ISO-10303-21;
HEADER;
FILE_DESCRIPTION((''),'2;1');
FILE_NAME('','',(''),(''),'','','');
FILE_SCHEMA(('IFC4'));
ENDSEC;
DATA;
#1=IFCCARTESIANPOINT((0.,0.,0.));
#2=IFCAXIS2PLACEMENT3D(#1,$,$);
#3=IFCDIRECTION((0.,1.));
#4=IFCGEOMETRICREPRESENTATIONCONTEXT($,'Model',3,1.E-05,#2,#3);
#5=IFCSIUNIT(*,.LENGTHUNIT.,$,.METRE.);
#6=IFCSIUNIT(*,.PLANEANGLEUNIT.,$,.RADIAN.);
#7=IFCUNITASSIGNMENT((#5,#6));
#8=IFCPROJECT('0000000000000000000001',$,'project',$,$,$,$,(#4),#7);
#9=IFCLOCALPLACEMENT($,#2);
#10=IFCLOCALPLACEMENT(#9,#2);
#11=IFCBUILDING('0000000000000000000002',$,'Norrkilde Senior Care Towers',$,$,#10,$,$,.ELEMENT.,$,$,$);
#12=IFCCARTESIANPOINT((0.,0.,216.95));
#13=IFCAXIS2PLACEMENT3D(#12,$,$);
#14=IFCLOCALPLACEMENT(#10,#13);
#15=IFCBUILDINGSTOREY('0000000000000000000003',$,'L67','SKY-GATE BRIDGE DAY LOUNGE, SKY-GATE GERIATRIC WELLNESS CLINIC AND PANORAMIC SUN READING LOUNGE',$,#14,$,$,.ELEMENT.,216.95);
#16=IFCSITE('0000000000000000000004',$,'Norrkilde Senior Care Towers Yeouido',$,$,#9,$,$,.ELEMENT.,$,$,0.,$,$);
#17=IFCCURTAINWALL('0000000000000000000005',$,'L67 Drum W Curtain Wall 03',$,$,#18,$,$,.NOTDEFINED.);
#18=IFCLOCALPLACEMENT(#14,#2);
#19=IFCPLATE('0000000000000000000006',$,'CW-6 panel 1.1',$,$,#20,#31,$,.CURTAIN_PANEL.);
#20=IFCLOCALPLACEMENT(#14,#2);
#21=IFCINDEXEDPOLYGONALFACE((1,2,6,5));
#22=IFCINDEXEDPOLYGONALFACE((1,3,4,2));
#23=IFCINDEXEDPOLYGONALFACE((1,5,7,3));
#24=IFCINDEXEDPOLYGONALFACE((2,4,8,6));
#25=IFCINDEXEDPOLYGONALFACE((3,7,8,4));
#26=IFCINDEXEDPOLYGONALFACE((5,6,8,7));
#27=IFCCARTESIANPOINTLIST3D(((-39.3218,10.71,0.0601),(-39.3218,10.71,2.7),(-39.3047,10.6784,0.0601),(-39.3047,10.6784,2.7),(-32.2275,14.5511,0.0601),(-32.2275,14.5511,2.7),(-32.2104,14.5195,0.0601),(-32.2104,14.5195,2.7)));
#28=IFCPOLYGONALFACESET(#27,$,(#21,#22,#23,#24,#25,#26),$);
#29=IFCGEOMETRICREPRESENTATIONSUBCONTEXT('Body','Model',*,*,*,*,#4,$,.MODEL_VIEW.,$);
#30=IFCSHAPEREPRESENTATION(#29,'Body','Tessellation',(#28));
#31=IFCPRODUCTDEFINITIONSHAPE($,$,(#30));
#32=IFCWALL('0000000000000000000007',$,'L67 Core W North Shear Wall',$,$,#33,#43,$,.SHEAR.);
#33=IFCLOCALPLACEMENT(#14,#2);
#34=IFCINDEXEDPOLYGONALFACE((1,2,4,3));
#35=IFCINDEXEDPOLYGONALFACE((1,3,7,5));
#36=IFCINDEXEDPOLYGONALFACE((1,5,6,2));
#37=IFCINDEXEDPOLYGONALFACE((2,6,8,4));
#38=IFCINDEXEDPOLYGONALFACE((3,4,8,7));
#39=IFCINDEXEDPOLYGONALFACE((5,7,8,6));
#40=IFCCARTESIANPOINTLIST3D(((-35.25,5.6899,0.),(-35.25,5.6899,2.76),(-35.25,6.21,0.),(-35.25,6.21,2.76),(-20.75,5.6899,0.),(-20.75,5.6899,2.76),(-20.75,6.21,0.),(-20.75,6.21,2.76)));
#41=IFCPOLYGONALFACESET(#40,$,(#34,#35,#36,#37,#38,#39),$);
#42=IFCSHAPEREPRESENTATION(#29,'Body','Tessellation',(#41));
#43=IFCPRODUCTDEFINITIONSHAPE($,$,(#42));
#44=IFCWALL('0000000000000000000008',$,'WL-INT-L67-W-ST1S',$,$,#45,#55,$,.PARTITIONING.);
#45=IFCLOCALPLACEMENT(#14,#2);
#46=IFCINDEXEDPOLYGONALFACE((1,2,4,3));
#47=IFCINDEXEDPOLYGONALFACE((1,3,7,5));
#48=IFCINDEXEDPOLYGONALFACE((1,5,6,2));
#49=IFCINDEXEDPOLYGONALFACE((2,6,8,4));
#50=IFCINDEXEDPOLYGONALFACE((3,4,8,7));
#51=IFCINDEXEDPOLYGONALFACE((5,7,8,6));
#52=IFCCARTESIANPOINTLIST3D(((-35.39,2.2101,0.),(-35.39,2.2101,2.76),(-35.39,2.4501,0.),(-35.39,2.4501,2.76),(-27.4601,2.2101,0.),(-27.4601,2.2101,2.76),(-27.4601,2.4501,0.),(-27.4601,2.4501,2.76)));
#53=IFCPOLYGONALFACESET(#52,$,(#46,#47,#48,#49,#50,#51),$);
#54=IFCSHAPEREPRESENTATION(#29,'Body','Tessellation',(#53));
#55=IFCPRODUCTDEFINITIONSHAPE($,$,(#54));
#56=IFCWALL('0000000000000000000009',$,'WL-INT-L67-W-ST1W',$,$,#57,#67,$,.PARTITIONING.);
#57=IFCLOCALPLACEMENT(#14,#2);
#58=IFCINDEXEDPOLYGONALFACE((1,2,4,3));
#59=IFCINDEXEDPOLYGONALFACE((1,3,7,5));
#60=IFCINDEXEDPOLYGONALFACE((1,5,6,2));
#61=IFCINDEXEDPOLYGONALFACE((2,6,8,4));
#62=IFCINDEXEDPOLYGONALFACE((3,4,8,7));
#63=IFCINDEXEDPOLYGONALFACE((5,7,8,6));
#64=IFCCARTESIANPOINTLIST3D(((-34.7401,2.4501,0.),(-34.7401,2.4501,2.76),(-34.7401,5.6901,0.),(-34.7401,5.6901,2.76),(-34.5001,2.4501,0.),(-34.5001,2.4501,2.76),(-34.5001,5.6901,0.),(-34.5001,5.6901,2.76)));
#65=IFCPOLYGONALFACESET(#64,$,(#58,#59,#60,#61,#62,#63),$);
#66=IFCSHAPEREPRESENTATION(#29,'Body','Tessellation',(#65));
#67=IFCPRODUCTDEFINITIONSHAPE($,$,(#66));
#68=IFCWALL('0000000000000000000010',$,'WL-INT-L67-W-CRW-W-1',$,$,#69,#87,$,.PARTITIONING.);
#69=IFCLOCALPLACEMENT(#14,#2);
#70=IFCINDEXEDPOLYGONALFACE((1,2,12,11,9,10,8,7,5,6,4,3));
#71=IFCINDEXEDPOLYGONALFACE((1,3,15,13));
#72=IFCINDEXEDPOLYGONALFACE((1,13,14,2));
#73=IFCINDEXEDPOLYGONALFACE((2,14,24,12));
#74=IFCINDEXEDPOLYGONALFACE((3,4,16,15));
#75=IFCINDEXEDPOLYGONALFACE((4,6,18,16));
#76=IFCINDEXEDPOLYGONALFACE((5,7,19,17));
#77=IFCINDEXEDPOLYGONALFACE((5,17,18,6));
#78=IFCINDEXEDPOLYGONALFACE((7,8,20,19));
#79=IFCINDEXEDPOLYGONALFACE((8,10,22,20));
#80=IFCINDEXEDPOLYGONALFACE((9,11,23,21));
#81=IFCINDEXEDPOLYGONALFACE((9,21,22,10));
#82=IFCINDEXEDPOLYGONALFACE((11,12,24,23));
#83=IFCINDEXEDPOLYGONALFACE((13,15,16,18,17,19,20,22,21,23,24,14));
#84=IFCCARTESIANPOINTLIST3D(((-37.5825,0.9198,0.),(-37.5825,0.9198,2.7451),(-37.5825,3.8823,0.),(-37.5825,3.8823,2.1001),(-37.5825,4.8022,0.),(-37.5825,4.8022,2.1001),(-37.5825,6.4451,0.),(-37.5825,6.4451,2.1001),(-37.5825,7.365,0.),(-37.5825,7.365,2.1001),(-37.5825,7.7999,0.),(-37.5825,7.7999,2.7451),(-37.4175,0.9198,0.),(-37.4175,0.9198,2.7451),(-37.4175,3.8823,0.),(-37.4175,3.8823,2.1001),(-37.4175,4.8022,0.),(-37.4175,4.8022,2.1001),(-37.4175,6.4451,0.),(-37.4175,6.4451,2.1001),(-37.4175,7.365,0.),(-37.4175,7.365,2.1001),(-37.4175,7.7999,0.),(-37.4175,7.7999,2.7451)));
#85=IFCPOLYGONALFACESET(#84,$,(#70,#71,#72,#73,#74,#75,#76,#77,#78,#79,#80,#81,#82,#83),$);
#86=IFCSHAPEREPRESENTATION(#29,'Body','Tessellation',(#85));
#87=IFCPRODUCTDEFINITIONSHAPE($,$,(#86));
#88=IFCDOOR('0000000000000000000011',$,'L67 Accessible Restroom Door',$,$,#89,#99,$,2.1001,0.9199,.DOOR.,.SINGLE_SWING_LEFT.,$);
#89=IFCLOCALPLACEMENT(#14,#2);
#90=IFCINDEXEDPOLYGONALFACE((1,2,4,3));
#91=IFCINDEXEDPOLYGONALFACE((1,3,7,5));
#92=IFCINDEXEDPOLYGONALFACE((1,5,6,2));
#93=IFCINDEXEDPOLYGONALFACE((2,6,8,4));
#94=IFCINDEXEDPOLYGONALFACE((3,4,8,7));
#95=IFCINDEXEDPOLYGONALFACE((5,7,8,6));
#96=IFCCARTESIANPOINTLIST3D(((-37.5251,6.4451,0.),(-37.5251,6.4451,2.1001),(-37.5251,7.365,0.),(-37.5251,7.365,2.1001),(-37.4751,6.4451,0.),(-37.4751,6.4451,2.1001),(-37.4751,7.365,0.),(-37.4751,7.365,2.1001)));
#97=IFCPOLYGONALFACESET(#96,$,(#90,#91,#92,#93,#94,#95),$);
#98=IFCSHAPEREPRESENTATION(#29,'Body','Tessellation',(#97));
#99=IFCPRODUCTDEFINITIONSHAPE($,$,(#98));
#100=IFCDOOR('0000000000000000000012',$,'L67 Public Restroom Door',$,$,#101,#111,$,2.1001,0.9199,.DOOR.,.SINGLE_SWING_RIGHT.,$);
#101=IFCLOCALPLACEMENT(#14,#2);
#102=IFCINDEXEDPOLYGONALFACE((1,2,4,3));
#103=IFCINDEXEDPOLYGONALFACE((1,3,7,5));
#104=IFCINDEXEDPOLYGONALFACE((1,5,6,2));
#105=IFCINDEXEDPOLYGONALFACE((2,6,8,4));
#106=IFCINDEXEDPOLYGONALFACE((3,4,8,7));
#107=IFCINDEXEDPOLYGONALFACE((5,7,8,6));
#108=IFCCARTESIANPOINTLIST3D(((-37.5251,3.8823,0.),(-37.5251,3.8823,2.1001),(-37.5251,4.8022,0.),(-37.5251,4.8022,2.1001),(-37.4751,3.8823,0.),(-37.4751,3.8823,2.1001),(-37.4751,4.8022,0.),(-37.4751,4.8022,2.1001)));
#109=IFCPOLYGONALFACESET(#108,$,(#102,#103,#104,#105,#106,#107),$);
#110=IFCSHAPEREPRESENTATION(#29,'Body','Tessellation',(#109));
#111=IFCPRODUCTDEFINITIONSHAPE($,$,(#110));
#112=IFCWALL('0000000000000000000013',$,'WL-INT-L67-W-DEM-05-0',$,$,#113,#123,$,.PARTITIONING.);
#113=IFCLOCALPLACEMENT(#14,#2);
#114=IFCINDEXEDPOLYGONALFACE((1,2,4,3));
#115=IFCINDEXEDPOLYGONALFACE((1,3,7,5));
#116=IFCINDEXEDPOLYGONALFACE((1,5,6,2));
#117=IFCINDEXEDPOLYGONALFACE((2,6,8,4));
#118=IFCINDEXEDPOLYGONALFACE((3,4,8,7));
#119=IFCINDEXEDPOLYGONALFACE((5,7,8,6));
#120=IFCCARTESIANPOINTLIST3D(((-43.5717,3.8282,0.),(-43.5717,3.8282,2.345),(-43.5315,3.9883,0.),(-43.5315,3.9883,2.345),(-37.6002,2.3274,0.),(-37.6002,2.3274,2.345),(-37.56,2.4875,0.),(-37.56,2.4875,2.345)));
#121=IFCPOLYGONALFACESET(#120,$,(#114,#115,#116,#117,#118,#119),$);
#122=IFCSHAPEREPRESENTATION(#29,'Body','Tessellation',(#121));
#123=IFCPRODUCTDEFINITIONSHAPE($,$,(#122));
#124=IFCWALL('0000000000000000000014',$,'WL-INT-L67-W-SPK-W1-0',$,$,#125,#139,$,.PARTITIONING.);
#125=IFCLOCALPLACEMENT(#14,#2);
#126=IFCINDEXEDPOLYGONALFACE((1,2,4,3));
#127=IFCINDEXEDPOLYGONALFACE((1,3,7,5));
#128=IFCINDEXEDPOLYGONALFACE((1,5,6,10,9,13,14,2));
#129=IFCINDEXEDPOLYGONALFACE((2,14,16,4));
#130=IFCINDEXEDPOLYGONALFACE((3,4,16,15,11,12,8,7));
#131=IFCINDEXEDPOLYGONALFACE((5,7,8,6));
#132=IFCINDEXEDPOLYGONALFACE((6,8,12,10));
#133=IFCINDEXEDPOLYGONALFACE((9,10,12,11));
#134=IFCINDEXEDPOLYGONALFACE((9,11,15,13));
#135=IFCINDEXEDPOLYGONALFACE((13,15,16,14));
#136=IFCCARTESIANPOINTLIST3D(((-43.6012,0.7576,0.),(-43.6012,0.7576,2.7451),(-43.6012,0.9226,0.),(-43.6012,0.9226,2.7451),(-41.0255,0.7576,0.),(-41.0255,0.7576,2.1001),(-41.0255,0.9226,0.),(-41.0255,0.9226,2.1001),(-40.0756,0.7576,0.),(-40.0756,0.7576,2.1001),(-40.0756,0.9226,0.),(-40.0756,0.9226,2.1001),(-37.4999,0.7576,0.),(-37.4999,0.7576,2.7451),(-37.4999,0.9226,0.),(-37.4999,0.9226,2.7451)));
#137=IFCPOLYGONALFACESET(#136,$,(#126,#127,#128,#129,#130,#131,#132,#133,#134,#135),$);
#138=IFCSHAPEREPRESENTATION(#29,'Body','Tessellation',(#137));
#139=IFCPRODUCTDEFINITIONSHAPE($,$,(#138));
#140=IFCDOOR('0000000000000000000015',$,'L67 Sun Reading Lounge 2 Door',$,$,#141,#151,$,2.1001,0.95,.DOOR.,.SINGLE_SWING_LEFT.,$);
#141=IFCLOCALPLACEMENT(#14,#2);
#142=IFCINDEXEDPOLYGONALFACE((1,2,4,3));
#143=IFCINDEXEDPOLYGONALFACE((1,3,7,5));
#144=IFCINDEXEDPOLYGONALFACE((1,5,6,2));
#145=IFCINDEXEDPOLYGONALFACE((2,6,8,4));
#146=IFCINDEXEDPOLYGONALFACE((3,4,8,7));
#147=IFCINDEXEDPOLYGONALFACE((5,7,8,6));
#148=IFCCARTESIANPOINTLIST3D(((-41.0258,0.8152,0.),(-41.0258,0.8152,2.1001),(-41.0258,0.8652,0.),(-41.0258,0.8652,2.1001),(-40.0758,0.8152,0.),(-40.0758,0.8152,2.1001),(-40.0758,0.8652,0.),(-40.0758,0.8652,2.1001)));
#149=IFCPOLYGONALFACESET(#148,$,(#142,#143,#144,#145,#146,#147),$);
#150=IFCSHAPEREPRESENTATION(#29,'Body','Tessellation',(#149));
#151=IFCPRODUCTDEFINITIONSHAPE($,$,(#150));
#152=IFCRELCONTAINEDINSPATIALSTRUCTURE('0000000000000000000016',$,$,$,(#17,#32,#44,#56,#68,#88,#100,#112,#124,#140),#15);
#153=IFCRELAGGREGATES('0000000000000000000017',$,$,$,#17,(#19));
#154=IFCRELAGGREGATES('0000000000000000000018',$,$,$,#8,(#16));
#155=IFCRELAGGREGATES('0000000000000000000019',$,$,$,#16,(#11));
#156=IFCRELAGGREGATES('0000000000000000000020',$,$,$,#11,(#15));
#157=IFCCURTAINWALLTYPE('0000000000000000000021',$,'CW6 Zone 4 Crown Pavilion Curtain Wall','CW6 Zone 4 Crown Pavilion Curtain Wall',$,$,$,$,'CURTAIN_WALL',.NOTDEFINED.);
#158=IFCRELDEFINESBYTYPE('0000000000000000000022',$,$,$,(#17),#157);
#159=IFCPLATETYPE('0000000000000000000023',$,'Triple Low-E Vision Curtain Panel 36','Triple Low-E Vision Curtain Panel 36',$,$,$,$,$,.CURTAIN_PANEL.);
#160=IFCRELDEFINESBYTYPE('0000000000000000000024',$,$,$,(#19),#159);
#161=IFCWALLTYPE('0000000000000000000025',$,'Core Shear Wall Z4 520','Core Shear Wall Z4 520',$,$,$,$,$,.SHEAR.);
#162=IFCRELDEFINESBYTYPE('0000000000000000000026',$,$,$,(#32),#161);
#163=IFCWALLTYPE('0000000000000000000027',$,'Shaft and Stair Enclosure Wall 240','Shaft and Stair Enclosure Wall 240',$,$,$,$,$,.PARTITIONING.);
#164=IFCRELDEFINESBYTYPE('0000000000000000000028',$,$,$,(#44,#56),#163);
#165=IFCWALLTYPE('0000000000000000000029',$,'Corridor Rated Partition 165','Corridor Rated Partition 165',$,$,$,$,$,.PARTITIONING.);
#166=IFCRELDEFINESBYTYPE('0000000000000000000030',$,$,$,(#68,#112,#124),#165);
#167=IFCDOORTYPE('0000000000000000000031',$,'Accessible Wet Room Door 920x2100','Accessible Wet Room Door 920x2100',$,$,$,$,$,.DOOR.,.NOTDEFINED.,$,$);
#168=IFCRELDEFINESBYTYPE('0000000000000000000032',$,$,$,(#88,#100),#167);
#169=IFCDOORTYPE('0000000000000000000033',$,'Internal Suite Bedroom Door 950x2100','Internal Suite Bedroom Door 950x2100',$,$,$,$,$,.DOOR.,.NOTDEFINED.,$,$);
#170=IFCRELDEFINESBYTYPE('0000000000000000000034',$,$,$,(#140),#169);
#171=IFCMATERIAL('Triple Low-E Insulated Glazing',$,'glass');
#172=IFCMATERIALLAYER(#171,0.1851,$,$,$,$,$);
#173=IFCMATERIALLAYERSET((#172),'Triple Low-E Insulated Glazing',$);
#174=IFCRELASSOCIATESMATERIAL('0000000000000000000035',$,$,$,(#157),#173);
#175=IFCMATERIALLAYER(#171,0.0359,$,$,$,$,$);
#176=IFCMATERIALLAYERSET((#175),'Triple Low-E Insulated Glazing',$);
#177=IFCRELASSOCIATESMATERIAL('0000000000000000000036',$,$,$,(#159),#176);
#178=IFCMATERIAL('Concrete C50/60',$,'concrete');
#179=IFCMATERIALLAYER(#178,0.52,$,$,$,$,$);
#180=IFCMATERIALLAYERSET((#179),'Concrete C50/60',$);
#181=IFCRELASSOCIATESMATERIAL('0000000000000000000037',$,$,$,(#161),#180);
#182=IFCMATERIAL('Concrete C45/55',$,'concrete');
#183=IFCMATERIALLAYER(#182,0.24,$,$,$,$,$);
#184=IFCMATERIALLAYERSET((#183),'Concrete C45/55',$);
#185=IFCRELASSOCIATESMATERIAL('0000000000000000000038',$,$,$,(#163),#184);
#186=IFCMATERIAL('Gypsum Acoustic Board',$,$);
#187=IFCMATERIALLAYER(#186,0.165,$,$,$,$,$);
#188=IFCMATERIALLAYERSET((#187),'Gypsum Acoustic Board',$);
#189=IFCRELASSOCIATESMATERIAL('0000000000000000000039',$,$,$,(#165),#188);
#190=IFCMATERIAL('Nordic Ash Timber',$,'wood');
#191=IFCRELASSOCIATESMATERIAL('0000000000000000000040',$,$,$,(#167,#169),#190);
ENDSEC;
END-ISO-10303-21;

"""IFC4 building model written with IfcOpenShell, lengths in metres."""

from ifc_helpers import new_model, si_unit, direction, frame, frame_2d, origin, origin_2d, place, context, subcontext, project, spatial, rectangle, extrude, source, transform, mapped, material, layer, layer_set, type_object, type_shapes, element, fill, aggregate, save


model = new_model("IFC4")

# Units and contexts
model_context = context("Model", 3, precision=1e-05, world=origin(), true_north=direction((0.0, 1.0)))
body_context = subcontext(model_context, "Body", "Model", "MODEL_VIEW")
ifc_project = project(units=[si_unit("LENGTHUNIT", "METRE"), si_unit("PLANEANGLEUNIT", "RADIAN")], contexts=[model_context])

# Site, building, storey
site_placement = place(None, origin())
site = spatial("IfcSite", under=ifc_project, at=site_placement, Name="Norrkilde Senior Care Towers Yeouido", CompositionType="ELEMENT", RefElevation=0.0)
building_placement = place(site_placement, origin())
building = spatial("IfcBuilding", under=site, at=building_placement, Name="Norrkilde Senior Care Towers", CompositionType="ELEMENT")
storey_placement = place(building_placement, frame((0.0, 0.0, 216.95)))
storey = spatial("IfcBuildingStorey", under=building, at=storey_placement, Name="L67", Description="SKY-GATE BRIDGE DAY LOUNGE, SKY-GATE GERIATRIC WELLNESS CLINIC AND PANORAMIC SUN READING LOUNGE", CompositionType="ELEMENT", Elevation=216.95)

# Shared definitions
ifc_material_1 = material(Name="Concrete C50/60", Category="concrete")

# Curtain wall
ifc_material_2 = material(Name="Triple Low-E Insulated Glazing", Category="glass")
ifc_layer_1 = layer(ifc_material_2, 0.1851)
ifc_layer_set_1 = layer_set([ifc_layer_1], Name="Triple Low-E Insulated Glazing")
curtain_wall_type = type_object("IfcCurtainWallType", Name="CW6 Zone 4 Crown Pavilion Curtain Wall", Description="CW6 Zone 4 Crown Pavilion Curtain Wall", ElementType="CURTAIN_WALL", PredefinedType="NOTDEFINED", material=ifc_layer_set_1)
curtain_wall_1_placement = place(storey_placement, origin())
curtain_wall_1 = element("IfcCurtainWall", 1, at=curtain_wall_1_placement, inside=storey, type_object=curtain_wall_type, Name="L67 Drum W Curtain Wall 03", PredefinedType="NOTDEFINED")

# Plate
ifc_layer_2 = layer(ifc_material_2, 0.0359)
ifc_layer_set_2 = layer_set([ifc_layer_2], Name="Triple Low-E Insulated Glazing")
plate_type = type_object("IfcPlateType", Name="Triple Low-E Vision Curtain Panel 36", Description="Triple Low-E Vision Curtain Panel 36", PredefinedType="CURTAIN_PANEL", material=ifc_layer_set_2)
shared_shape_1 = source(origin(), body_context, "Body", "SweptSolid", [
    extrude(rectangle(XDim=8.0674, YDim=0.0359, at=origin_2d()), origin(), (0.0, 0.0, 1.0), 2.6399),
])
plate_1_placement = place(storey_placement, frame((-35.7661, 12.6147, 0.0601), z_axis=(0.0, 0.0, 1.0), x_axis=(0.879373, 0.476133, 0.0)))
plate_1 = element("IfcPlate", 2, at=plate_1_placement, type_object=plate_type, Name="CW-6 panel 1.1", PredefinedType="CURTAIN_PANEL", context=body_context, shape_type="MappedRepresentation", body=[
    mapped(shared_shape_1, transform((0.0, 0.0, 0.0), x_axis=(1.0, 0.0, 0.0), y_axis=(0.0, 1.0, 0.0), z_axis=(0.0, 0.0, 1.0), scale=1.0)),
])
aggregate(curtain_wall_1, [plate_1])

# Walls
ifc_layer_3 = layer(ifc_material_1, 0.52)
ifc_layer_set_3 = layer_set([ifc_layer_3], Name="Concrete C50/60")
wall_type_1 = type_object("IfcWallType", Name="Core Shear Wall Z4 520", Description="Core Shear Wall Z4 520", PredefinedType="SHEAR", material=ifc_layer_set_3)
shared_shape_2 = source(origin(), body_context, "Body", "SweptSolid", [
    extrude(rectangle(XDim=14.5, YDim=0.52, at=frame_2d((7.25, 0.0))), origin(), (0.0, 0.0, 1.0), 2.76),
])
type_shapes(wall_type_1, [shared_shape_2])
wall_1_placement = place(storey_placement, frame((-35.25, 5.95, 0.0), z_axis=(0.0, 0.0, 1.0), x_axis=(1.0, 0.0, 0.0)))
element("IfcWall", 3, at=wall_1_placement, inside=storey, type_object=wall_type_1, Name="L67 Core W North Shear Wall", PredefinedType="SHEAR", context=body_context, shape_type="MappedRepresentation", body=[
    mapped(shared_shape_2, transform((0.0, 0.0, 0.0), x_axis=(1.0, 0.0, 0.0), y_axis=(0.0, 1.0, 0.0), z_axis=(0.0, 0.0, 1.0), scale=1.0)),
])
ifc_material_3 = material(Name="Concrete C45/55", Category="concrete")
ifc_layer_4 = layer(ifc_material_3, 0.24)
ifc_layer_set_4 = layer_set([ifc_layer_4], Name="Concrete C45/55")
wall_type_2 = type_object("IfcWallType", Name="Shaft and Stair Enclosure Wall 240", Description="Shaft and Stair Enclosure Wall 240", PredefinedType="PARTITIONING", material=ifc_layer_set_4)
shared_shape_3 = source(origin(), body_context, "Body", "SweptSolid", [
    extrude(rectangle(XDim=7.9299, YDim=0.24, at=frame_2d((3.9648, 0.0))), origin(), (0.0, 0.0, 1.0), 2.76),
])
wall_2_placement = place(storey_placement, frame((-35.3899, 2.3301, 0.0), z_axis=(0.0, 0.0, 1.0), x_axis=(1.0, 0.0, 0.0)))
element("IfcWall", 4, at=wall_2_placement, inside=storey, type_object=wall_type_2, Name="WL-INT-L67-W-ST1S", PredefinedType="PARTITIONING", context=body_context, shape_type="MappedRepresentation", body=[
    mapped(shared_shape_3, transform((0.0, 0.0, 0.0), x_axis=(1.0, 0.0, 0.0), y_axis=(0.0, 1.0, 0.0), z_axis=(0.0, 0.0, 1.0), scale=1.0)),
])
shared_shape_4 = source(origin(), body_context, "Body", "SweptSolid", [
    extrude(rectangle(XDim=3.24, YDim=0.24, at=frame_2d((1.6201, 0.0))), origin(), (0.0, 0.0, 1.0), 2.76),
])
type_shapes(wall_type_2, [shared_shape_3, shared_shape_4])
wall_3_placement = place(storey_placement, frame((-34.6201, 2.45, 0.0), z_axis=(0.0, 0.0, 1.0), x_axis=(0.0, 1.0, 0.0)))
element("IfcWall", 5, at=wall_3_placement, inside=storey, type_object=wall_type_2, Name="WL-INT-L67-W-ST1W", PredefinedType="PARTITIONING", context=body_context, shape_type="MappedRepresentation", body=[
    mapped(shared_shape_4, transform((0.0, 0.0, 0.0), x_axis=(1.0, 0.0, 0.0), y_axis=(0.0, 1.0, 0.0), z_axis=(0.0, 0.0, 1.0), scale=1.0)),
])

# Wall, openings, doors
ifc_material_4 = material(Name="Gypsum Acoustic Board")
ifc_layer_5 = layer(ifc_material_4, 0.165)
ifc_layer_set_5 = layer_set([ifc_layer_5], Name="Gypsum Acoustic Board")
wall_type_3 = type_object("IfcWallType", Name="Corridor Rated Partition 165", Description="Corridor Rated Partition 165", PredefinedType="PARTITIONING", material=ifc_layer_set_5)
ifc_material_5 = material(Name="Nordic Ash Timber", Category="wood")
shared_shape_5 = source(origin(), body_context, "Body", "SweptSolid", [
    extrude(rectangle(XDim=6.8801, YDim=0.165, at=frame_2d((3.4399, 0.0))), origin(), (0.0, 0.0, 1.0), 2.7451),
])
wall_4_placement = place(storey_placement, frame((-37.5, 0.9199, 0.0), z_axis=(0.0, 0.0, 1.0), x_axis=(0.0, 1.0, 0.0)))
wall_4 = element("IfcWall", 6, at=wall_4_placement, inside=storey, type_object=wall_type_3, Name="WL-INT-L67-W-CRW-W-1", PredefinedType="PARTITIONING", context=body_context, shape_type="MappedRepresentation", body=[
    mapped(shared_shape_5, transform((0.0, 0.0, 0.0), x_axis=(1.0, 0.0, 0.0), y_axis=(0.0, 1.0, 0.0), z_axis=(0.0, 0.0, 1.0), scale=1.0)),
])
opening_1_placement = place(wall_4_placement, frame((5.5251, 0.0, 0.0)))
opening_1 = element("IfcOpeningElement", 7, at=opening_1_placement, cuts=wall_4, PredefinedType="OPENING", context=body_context, shape_type="SweptSolid", body=[
    extrude(rectangle(XDim=0.9199, YDim=2.1001, at=frame_2d((0.46, 1.05))), frame((0.0, 0.0925, 0.0), z_axis=(0.0, -1.0, 0.0), x_axis=(1.0, 0.0, 0.0)), (0.0, 0.0, 1.0), 0.1851),
])
opening_2_placement = place(wall_4_placement, frame((2.9624, 0.0, 0.0)))
opening_2 = element("IfcOpeningElement", 8, at=opening_2_placement, cuts=wall_4, PredefinedType="OPENING", context=body_context, shape_type="SweptSolid", body=[
    extrude(rectangle(XDim=0.9199, YDim=2.1001, at=frame_2d((0.46, 1.05))), frame((0.0, 0.0925, 0.0), z_axis=(0.0, -1.0, 0.0), x_axis=(1.0, 0.0, 0.0)), (0.0, 0.0, 1.0), 0.1851),
])
door_type_1 = type_object("IfcDoorType", Name="Accessible Wet Room Door 920x2100", Description="Accessible Wet Room Door 920x2100", OperationType="NOTDEFINED", PredefinedType="DOOR", material=ifc_material_5)
shared_shape_6 = source(origin(), body_context, "Body", "SweptSolid", [
    extrude(rectangle(XDim=0.9199, YDim=2.1001, at=frame_2d((0.46, 1.05))), frame((0.0, 0.0249, 0.0), z_axis=(0.0, -1.0, 0.0), x_axis=(1.0, 0.0, 0.0)), (0.0, 0.0, 1.0), 0.05),
])
type_shapes(door_type_1, [shared_shape_6])
door_1_placement = place(opening_1_placement, frame((0.9199, 0.0, 0.0), z_axis=(0.0, 0.0, 1.0), x_axis=(-1.0, 0.0, 0.0)))
door_1 = element("IfcDoor", 9, at=door_1_placement, inside=storey, type_object=door_type_1, Name="L67 Accessible Restroom Door", OperationType="SINGLE_SWING_LEFT", OverallHeight=2.1001, OverallWidth=0.9199, PredefinedType="DOOR", context=body_context, shape_type="MappedRepresentation", body=[
    mapped(shared_shape_6, transform((0.0, 0.0, 0.0), x_axis=(1.0, 0.0, 0.0), y_axis=(0.0, 1.0, 0.0), z_axis=(0.0, 0.0, 1.0), scale=1.0)),
])
fill(opening_1, door_1)
door_2_placement = place(opening_2_placement, frame((0.9199, 0.0, 0.0), z_axis=(0.0, 0.0, 1.0), x_axis=(-1.0, 0.0, 0.0)))
door_2 = element("IfcDoor", 10, at=door_2_placement, inside=storey, type_object=door_type_1, Name="L67 Public Restroom Door", OperationType="SINGLE_SWING_RIGHT", OverallHeight=2.1001, OverallWidth=0.9199, PredefinedType="DOOR", context=body_context, shape_type="MappedRepresentation", body=[
    mapped(shared_shape_6, transform((0.0, 0.0, 0.0), x_axis=(1.0, 0.0, 0.0), y_axis=(0.0, 1.0, 0.0), z_axis=(0.0, 0.0, 1.0), scale=1.0)),
])
fill(opening_2, door_2)

# Wall
shared_shape_7 = source(origin(), body_context, "Body", "SweptSolid", [
    extrude(rectangle(XDim=6.1572, YDim=0.165, at=frame_2d((3.0786, 0.0))), origin(), (0.0, 0.0, 1.0), 2.345),
])
wall_5_placement = place(storey_placement, frame((-37.5801, 2.4075, 0.0), z_axis=(0.0, 0.0, 1.0), x_axis=(-0.969841, 0.243739, 0.0)))
element("IfcWall", 11, at=wall_5_placement, inside=storey, type_object=wall_type_3, Name="WL-INT-L67-W-DEM-05-0", PredefinedType="PARTITIONING", context=body_context, shape_type="MappedRepresentation", body=[
    mapped(shared_shape_7, transform((0.0, 0.0, 0.0), x_axis=(1.0, 0.0, 0.0), y_axis=(0.0, 1.0, 0.0), z_axis=(0.0, 0.0, 1.0), scale=1.0)),
])

# Wall, opening, door
shared_shape_8 = source(origin(), body_context, "Body", "SweptSolid", [
    extrude(rectangle(XDim=6.1013, YDim=0.165, at=frame_2d((3.0508, 0.0))), origin(), (0.0, 0.0, 1.0), 2.7451),
])
wall_6_placement = place(storey_placement, frame((-43.6013, 0.8401, 0.0), z_axis=(0.0, 0.0, 1.0), x_axis=(1.0, 0.0, 0.0)))
wall_6 = element("IfcWall", 12, at=wall_6_placement, inside=storey, type_object=wall_type_3, Name="WL-INT-L67-W-SPK-W1-0", PredefinedType="PARTITIONING", context=body_context, shape_type="MappedRepresentation", body=[
    mapped(shared_shape_8, transform((0.0, 0.0, 0.0), x_axis=(1.0, 0.0, 0.0), y_axis=(0.0, 1.0, 0.0), z_axis=(0.0, 0.0, 1.0), scale=1.0)),
])
opening_3_placement = place(wall_6_placement, frame((2.5757, 0.0, 0.0)))
opening_3 = element("IfcOpeningElement", 13, at=opening_3_placement, cuts=wall_6, PredefinedType="OPENING", context=body_context, shape_type="SweptSolid", body=[
    extrude(rectangle(XDim=0.95, YDim=2.1001, at=frame_2d((0.4751, 1.05))), frame((0.0, 0.0925, 0.0), z_axis=(0.0, -1.0, 0.0), x_axis=(1.0, 0.0, 0.0)), (0.0, 0.0, 1.0), 0.1851),
])
door_type_2 = type_object("IfcDoorType", Name="Internal Suite Bedroom Door 950x2100", Description="Internal Suite Bedroom Door 950x2100", OperationType="NOTDEFINED", PredefinedType="DOOR", material=ifc_material_5)
shared_shape_9 = source(origin(), body_context, "Body", "SweptSolid", [
    extrude(rectangle(XDim=0.95, YDim=2.1001, at=frame_2d((0.4751, 1.05))), frame((0.0, 0.0249, 0.0), z_axis=(0.0, -1.0, 0.0), x_axis=(1.0, 0.0, 0.0)), (0.0, 0.0, 1.0), 0.05),
])
type_shapes(door_type_2, [shared_shape_9])
door_3_placement = place(opening_3_placement, frame((0.95, 0.0, 0.0), z_axis=(0.0, 0.0, 1.0), x_axis=(-1.0, 0.0, 0.0)))
door_3 = element("IfcDoor", 14, at=door_3_placement, inside=storey, type_object=door_type_2, Name="L67 Sun Reading Lounge 2 Door", OperationType="SINGLE_SWING_LEFT", OverallHeight=2.1001, OverallWidth=0.95, PredefinedType="DOOR", context=body_context, shape_type="MappedRepresentation", body=[
    mapped(shared_shape_9, transform((0.0, 0.0, 0.0), x_axis=(1.0, 0.0, 0.0), y_axis=(0.0, 1.0, 0.0), z_axis=(0.0, 0.0, 1.0), scale=1.0)),
])
fill(opening_3, door_3)

save(model, "model.ifc")
